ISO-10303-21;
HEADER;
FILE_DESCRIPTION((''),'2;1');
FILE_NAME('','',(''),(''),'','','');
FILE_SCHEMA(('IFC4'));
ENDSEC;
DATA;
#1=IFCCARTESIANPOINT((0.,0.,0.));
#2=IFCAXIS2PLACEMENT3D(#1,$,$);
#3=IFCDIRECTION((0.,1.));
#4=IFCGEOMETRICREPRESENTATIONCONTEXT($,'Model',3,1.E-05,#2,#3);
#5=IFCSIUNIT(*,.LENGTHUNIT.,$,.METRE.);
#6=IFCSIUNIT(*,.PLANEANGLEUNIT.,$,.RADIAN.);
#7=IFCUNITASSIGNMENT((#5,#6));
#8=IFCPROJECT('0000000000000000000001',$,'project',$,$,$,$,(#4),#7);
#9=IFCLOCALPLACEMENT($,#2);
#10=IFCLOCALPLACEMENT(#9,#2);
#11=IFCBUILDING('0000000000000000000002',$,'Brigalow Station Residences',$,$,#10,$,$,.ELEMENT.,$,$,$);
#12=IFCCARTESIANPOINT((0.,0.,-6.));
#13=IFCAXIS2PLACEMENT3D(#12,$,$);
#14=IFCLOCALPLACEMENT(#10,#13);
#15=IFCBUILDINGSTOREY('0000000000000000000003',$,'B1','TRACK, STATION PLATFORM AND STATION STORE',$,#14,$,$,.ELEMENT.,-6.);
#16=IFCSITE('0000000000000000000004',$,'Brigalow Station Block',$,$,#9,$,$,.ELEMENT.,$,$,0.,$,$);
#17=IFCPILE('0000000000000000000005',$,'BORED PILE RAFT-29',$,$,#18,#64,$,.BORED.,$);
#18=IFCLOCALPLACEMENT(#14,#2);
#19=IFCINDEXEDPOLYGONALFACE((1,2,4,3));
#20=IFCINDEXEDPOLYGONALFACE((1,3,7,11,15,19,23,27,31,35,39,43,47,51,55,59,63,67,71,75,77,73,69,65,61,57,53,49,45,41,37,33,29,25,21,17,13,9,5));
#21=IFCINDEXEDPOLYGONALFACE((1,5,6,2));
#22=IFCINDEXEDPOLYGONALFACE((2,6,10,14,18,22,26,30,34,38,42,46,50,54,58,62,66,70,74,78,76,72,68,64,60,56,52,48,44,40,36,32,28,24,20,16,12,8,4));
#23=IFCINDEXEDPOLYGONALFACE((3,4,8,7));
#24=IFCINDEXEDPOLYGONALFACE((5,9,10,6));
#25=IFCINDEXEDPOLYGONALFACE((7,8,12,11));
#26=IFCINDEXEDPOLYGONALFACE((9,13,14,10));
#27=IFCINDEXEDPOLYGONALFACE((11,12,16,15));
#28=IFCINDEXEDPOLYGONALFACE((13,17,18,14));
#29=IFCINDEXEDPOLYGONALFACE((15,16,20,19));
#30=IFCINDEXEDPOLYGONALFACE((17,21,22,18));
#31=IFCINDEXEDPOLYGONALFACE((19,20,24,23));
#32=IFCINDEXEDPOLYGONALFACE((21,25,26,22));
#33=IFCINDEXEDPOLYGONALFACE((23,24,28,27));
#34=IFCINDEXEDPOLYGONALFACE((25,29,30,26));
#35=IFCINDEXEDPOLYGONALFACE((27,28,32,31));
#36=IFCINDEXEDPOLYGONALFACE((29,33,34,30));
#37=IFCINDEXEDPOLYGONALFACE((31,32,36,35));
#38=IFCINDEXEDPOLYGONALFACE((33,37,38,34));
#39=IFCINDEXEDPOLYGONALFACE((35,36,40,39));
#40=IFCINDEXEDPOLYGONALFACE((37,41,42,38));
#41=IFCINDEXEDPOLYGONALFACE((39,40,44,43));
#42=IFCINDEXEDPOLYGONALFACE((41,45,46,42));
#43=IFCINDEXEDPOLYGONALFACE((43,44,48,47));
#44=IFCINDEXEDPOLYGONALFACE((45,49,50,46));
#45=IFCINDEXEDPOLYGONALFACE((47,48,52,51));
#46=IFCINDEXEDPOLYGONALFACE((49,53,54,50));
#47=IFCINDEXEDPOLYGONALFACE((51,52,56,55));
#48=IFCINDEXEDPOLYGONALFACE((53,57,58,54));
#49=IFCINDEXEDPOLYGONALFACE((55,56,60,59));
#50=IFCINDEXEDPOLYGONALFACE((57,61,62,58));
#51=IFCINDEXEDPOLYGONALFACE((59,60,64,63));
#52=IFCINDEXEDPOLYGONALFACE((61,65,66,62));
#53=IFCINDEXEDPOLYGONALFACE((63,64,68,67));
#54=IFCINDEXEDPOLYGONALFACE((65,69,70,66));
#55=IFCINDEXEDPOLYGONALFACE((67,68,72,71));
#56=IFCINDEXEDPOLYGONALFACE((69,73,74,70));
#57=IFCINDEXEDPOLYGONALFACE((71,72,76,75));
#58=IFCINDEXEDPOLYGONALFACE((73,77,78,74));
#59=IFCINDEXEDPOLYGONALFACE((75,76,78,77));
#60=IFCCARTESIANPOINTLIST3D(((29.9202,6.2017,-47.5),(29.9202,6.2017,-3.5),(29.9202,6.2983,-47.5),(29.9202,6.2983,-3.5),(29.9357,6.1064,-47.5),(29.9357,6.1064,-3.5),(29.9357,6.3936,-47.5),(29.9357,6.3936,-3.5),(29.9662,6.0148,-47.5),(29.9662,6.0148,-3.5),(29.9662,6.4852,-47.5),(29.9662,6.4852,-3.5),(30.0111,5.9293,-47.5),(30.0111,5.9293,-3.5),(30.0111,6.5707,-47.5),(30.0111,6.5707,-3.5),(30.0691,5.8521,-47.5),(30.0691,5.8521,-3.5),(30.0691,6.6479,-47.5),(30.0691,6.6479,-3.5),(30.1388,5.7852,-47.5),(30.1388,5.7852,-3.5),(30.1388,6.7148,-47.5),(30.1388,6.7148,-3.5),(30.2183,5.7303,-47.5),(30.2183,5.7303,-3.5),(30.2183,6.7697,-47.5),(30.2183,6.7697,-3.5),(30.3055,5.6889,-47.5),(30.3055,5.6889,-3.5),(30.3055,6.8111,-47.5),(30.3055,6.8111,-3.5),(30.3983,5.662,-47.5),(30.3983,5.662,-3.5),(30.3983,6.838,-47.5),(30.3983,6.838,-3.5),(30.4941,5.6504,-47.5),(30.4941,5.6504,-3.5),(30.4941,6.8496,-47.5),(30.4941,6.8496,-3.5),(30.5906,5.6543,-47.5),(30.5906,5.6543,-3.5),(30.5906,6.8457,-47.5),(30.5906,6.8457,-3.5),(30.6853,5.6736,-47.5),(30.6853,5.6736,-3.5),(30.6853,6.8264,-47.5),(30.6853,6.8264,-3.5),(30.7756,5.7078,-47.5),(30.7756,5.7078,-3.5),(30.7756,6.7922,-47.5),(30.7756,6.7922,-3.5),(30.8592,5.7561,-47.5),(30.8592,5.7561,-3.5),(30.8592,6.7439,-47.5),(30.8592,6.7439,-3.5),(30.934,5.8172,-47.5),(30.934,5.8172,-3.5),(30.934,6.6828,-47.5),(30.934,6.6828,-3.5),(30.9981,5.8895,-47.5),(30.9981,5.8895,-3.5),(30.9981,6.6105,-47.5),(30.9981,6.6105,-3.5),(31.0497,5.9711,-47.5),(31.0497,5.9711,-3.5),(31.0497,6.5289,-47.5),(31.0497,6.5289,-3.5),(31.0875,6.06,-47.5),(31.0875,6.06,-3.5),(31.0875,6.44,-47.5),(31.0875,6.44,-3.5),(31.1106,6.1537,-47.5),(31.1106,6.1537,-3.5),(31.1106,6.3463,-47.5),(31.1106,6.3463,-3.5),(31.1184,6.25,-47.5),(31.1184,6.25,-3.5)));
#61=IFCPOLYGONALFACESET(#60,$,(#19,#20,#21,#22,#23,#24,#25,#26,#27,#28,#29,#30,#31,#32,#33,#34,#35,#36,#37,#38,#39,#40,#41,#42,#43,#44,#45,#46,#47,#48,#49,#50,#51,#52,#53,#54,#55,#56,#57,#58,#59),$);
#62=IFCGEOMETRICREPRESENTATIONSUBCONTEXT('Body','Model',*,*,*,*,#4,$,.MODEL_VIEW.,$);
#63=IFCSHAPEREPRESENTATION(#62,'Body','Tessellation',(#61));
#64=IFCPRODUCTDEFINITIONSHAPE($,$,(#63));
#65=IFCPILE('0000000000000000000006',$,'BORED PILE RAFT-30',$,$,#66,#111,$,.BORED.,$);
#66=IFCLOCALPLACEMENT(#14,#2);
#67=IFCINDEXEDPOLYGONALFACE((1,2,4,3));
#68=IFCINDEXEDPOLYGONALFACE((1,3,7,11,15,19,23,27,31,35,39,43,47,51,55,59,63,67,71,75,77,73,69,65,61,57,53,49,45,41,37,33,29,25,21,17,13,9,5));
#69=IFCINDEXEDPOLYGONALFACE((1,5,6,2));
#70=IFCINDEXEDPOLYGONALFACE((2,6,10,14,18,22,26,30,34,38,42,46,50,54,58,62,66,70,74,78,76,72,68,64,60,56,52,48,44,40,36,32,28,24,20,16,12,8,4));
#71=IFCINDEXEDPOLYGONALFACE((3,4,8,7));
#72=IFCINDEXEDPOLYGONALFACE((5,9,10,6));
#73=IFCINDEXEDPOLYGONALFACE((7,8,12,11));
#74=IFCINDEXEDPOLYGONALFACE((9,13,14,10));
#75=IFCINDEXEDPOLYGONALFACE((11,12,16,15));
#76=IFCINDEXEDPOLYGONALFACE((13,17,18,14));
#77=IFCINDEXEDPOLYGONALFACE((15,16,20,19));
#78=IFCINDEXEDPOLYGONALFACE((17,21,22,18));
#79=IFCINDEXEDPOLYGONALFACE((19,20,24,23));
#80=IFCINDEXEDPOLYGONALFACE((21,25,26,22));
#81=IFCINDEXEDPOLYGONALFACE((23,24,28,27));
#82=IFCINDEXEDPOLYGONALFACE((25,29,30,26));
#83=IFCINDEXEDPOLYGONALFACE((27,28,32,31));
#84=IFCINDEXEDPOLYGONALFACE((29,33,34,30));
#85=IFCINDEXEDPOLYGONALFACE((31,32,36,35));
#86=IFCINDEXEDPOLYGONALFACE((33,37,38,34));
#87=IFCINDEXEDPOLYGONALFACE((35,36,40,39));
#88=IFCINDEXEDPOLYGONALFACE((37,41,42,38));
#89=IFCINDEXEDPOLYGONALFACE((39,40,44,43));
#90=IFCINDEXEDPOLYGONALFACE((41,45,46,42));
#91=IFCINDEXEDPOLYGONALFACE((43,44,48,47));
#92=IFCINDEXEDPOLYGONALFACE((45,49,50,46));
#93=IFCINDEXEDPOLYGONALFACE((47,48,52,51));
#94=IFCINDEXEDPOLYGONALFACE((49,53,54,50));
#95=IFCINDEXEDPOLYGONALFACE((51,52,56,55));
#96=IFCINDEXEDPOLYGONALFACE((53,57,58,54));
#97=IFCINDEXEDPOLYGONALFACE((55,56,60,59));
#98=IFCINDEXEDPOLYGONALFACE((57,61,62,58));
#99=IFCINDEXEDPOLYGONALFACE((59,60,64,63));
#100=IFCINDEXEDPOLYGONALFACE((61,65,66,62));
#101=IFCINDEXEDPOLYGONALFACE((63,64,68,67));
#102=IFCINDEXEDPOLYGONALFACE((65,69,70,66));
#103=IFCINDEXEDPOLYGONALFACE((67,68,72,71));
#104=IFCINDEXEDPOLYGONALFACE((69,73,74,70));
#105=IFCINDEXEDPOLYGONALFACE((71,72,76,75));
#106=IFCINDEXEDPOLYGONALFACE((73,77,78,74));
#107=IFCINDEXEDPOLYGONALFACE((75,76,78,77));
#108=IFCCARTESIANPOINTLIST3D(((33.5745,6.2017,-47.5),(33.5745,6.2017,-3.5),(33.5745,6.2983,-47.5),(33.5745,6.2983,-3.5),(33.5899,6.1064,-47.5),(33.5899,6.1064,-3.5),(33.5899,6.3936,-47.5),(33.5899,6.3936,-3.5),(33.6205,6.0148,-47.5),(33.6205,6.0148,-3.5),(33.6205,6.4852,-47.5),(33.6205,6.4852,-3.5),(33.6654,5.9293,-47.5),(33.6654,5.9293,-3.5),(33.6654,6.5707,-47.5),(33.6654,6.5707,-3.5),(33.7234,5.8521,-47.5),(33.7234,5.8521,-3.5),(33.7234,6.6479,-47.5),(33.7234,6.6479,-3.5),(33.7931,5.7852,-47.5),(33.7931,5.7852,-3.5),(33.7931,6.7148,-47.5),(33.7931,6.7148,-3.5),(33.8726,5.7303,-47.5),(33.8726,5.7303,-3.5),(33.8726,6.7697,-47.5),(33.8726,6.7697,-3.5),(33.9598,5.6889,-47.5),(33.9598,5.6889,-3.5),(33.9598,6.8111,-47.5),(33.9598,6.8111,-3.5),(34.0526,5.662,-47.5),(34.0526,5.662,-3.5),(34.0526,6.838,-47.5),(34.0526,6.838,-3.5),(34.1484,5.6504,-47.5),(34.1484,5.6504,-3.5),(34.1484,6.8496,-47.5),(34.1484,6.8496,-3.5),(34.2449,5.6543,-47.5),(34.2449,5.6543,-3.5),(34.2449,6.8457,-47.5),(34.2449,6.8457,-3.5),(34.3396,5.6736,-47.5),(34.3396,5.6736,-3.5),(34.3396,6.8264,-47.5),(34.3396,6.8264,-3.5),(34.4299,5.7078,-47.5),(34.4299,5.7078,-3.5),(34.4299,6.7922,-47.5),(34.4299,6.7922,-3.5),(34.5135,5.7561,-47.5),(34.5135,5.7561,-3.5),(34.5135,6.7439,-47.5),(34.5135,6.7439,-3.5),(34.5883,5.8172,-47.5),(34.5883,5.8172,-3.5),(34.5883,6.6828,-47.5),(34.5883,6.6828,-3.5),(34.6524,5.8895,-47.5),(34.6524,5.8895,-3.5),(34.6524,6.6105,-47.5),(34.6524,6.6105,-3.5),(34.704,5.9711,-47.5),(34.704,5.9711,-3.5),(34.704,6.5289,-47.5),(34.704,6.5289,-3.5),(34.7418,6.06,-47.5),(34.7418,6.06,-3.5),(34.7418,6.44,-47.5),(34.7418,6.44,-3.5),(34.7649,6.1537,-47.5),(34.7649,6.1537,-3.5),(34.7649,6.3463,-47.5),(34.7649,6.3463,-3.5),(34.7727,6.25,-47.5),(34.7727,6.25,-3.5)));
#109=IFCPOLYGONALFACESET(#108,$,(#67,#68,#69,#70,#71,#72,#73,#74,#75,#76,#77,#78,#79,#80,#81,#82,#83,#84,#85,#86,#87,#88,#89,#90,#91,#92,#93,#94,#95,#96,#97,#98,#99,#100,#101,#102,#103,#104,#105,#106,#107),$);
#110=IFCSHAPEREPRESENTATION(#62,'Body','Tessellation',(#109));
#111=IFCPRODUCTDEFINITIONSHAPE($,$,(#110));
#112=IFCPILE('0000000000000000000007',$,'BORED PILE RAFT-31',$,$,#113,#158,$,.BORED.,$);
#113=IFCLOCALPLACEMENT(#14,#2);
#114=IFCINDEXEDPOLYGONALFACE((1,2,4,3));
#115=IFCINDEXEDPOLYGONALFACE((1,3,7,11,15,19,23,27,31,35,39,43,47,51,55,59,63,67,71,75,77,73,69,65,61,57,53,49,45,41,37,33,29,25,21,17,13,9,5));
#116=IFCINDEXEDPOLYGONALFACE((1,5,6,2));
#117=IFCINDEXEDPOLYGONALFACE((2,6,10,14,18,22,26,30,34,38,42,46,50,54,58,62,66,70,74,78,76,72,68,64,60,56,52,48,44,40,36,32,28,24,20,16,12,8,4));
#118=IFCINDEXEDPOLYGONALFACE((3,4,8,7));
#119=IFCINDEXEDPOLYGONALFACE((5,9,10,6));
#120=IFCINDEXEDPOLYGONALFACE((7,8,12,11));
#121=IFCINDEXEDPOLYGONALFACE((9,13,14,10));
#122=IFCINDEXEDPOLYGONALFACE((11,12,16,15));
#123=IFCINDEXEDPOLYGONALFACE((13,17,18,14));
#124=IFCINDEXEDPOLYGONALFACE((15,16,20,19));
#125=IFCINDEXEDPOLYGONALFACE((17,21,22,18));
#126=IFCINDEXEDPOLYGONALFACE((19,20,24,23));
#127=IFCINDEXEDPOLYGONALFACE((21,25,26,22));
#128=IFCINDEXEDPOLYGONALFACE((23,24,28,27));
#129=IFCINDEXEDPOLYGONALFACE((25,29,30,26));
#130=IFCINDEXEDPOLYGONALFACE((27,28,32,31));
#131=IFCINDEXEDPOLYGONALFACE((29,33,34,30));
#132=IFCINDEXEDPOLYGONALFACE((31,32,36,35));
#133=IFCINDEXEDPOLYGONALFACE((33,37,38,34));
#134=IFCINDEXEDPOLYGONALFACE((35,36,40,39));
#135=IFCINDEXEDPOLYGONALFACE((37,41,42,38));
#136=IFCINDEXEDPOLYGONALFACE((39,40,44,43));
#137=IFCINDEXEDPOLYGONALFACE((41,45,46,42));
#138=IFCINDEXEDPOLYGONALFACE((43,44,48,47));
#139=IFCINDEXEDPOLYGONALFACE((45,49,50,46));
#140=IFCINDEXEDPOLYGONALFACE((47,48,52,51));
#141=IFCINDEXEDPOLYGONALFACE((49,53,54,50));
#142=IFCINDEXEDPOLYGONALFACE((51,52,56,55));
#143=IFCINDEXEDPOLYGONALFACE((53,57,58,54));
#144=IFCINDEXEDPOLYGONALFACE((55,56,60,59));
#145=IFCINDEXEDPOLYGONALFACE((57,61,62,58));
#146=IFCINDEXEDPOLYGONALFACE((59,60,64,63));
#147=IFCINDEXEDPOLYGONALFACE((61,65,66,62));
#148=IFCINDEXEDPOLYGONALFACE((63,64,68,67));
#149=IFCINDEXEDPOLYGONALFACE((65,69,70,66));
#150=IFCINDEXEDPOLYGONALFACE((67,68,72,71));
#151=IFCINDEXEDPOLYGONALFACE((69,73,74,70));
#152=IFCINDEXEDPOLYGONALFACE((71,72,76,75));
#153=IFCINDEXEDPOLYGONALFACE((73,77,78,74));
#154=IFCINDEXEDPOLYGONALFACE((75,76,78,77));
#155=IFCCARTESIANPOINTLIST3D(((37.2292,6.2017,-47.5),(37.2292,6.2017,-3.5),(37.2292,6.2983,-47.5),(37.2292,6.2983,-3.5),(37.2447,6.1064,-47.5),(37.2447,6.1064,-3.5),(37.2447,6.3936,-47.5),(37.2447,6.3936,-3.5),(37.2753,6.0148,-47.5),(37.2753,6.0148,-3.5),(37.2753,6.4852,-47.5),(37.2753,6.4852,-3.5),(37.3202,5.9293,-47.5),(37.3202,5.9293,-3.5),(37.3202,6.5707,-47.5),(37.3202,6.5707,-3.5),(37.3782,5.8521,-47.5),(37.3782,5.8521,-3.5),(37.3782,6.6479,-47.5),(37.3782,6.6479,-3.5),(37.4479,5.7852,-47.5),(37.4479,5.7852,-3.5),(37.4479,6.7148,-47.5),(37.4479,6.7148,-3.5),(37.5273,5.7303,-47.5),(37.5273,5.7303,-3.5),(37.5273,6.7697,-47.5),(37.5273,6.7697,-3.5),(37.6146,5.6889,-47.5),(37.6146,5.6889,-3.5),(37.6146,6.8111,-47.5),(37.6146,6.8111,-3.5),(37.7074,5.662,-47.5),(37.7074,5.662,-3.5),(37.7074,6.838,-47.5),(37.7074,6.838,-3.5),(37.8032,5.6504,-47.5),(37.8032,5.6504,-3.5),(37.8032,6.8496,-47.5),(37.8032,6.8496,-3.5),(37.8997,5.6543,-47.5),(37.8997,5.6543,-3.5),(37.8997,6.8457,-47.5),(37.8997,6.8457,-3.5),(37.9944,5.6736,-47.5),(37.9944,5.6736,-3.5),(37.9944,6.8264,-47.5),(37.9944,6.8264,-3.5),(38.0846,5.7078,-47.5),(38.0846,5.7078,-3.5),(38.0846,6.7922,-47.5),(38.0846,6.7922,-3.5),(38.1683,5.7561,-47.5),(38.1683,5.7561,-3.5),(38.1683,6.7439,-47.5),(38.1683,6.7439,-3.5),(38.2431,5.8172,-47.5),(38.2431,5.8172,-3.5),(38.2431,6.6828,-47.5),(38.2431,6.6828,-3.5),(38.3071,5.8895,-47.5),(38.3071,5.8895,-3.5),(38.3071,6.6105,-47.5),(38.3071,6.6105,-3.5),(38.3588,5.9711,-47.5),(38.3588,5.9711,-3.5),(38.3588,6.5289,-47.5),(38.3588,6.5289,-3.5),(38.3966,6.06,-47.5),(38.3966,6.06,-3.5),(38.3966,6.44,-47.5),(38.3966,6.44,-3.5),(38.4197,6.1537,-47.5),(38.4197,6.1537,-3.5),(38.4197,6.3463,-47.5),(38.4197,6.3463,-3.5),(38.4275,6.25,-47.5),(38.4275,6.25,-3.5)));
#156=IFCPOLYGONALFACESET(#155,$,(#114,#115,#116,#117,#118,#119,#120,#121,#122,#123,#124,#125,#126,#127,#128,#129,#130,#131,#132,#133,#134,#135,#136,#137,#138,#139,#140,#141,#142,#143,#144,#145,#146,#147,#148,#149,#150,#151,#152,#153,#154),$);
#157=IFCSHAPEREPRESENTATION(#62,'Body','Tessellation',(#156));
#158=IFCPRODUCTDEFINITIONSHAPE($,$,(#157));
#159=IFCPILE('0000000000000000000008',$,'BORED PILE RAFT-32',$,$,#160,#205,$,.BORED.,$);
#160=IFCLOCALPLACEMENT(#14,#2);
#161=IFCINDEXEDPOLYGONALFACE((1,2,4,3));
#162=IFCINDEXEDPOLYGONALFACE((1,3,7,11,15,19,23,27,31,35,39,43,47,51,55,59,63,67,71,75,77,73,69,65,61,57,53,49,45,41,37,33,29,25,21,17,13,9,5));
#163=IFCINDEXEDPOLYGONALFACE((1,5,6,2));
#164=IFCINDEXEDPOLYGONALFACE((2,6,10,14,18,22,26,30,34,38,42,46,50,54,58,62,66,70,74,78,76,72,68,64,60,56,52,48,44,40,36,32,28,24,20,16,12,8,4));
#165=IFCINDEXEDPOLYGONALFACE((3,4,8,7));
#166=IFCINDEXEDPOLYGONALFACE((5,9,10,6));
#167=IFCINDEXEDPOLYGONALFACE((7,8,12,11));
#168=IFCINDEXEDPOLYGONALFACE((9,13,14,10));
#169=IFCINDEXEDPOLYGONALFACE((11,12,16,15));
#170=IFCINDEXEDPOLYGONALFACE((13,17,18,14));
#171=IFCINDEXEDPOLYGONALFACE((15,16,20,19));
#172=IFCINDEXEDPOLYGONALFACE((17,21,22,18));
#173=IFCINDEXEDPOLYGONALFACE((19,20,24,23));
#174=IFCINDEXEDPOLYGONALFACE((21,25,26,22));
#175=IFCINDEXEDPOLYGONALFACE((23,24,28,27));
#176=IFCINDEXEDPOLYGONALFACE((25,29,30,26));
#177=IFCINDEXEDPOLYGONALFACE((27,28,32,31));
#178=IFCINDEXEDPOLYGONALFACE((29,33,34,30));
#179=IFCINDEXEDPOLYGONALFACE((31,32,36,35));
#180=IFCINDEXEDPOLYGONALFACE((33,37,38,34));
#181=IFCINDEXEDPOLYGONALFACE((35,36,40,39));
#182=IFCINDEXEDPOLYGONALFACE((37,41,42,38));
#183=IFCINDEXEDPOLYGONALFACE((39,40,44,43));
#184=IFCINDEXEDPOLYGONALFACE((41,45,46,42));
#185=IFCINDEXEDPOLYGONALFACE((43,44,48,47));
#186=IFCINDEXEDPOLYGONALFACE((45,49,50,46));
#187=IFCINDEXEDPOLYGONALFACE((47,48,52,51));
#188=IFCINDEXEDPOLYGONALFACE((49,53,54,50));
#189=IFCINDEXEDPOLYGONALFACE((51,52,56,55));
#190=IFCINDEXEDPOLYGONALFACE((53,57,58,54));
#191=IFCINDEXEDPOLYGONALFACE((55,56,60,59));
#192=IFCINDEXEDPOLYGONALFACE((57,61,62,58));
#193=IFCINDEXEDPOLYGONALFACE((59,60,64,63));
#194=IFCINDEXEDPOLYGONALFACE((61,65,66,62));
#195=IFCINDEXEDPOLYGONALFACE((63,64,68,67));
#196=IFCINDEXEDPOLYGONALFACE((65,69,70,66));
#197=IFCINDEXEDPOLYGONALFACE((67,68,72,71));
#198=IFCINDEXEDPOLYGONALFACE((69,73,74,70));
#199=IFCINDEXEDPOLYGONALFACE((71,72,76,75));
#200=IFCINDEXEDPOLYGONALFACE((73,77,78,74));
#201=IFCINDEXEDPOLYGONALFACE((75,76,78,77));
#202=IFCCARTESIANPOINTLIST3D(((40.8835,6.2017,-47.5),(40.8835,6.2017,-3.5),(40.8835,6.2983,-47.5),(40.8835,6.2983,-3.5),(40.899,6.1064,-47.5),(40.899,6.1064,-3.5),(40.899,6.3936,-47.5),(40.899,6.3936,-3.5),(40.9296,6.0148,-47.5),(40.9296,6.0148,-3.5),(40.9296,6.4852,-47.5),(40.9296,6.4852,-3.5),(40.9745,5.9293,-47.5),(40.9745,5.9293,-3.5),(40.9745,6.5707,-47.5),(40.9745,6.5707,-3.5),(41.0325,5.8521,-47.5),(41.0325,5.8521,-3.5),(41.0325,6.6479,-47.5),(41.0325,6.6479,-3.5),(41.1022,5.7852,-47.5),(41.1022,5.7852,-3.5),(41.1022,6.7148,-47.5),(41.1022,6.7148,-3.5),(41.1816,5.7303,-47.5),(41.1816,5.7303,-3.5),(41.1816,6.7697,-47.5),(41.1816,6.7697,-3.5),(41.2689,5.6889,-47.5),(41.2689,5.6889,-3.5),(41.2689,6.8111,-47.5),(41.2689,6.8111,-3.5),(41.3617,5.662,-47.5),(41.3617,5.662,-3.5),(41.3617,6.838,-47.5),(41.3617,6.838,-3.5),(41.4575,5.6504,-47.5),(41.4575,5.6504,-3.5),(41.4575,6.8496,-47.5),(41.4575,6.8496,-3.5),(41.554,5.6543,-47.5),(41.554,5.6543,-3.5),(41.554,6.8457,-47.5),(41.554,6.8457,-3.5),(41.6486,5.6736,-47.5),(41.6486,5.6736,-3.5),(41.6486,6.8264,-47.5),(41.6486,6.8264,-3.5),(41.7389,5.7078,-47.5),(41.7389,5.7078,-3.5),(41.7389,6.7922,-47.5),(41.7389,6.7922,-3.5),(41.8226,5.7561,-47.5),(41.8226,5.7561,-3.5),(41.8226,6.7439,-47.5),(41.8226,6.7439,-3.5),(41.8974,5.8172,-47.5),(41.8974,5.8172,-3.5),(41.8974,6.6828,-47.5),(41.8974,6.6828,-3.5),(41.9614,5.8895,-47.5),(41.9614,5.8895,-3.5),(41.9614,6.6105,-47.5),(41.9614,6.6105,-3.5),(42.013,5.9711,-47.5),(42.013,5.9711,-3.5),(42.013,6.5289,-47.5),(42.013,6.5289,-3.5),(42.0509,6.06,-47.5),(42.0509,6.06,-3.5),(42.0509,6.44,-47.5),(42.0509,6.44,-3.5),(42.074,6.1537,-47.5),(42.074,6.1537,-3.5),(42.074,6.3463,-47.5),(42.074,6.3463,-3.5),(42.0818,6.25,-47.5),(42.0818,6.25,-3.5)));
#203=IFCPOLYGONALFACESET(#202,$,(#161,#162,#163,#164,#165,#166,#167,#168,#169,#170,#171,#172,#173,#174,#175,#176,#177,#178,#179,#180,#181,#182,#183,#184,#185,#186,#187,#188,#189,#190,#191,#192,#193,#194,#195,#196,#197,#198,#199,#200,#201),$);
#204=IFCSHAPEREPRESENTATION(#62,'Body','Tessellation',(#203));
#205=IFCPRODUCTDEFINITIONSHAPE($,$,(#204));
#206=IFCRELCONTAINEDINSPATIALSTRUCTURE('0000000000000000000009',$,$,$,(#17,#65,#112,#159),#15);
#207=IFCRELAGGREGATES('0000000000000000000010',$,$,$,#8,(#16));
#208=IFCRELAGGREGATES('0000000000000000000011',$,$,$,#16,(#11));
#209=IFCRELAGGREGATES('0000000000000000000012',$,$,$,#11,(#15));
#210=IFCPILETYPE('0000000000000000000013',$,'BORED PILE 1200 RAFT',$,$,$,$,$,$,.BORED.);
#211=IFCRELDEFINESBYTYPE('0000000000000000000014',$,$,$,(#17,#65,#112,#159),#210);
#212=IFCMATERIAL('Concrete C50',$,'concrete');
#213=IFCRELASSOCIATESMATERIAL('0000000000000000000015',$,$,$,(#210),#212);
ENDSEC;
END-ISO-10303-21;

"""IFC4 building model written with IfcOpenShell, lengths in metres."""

from ifc_helpers import new_model, si_unit, direction, frame, origin, origin_2d, place, context, subcontext, project, spatial, circle, extrude, material, material_profile, profile_set, type_object, element, save


model = new_model("IFC4")

# Units and contexts
model_context = context("Model", 3, precision=1e-05, world=origin(), true_north=direction((0.0, 1.0)))
body_context = subcontext(model_context, "Body", "Model", "MODEL_VIEW")
ifc_project = project(units=[si_unit("LENGTHUNIT", "METRE"), si_unit("PLANEANGLEUNIT", "RADIAN")], contexts=[model_context])

# Site, building, storey
site_placement = place(None, origin())
site = spatial("IfcSite", under=ifc_project, at=site_placement, Name="Brigalow Station Block", CompositionType="ELEMENT", RefElevation=0.0)
building_placement = place(site_placement, origin())
building = spatial("IfcBuilding", under=site, at=building_placement, Name="Brigalow Station Residences", CompositionType="ELEMENT")
storey_placement = place(building_placement, frame((0.0, 0.0, -6.0)))
storey = spatial("IfcBuildingStorey", under=building, at=storey_placement, Name="B1", Description="TRACK, STATION PLATFORM AND STATION STORE", CompositionType="ELEMENT", Elevation=-6.0)

# Piles
ifc_material_1 = material(Name="Concrete C50", Category="concrete")
ifc_material_profile = material_profile(ifc_material_1, circle(Radius=0.6001, at=origin_2d()), Name="BP1200")
ifc_profile_set = profile_set([ifc_material_profile], Name="Concrete C50")
pile_type = type_object("IfcPileType", Name="BORED PILE 1200 RAFT", PredefinedType="BORED", material=ifc_profile_set)
for number, where, z_axis, x_axis, name in (
    (1, (30.5183, 6.25, -3.5), (0.0, 0.0, -1.0), (1.0, 0.0, 0.0), "BORED PILE RAFT-29"),
    (2, (34.1726, 6.25, -3.5), (0.0, 0.0, -1.0), (1.0, 0.0, 0.0), "BORED PILE RAFT-30"),
    (3, (37.8274, 6.25, -3.5), (0.0, 0.0, -1.0), (1.0, 0.0, 0.0), "BORED PILE RAFT-31"),
    (4, (41.4817, 6.25, -3.5), (0.0, 0.0, -1.0), (1.0, 0.0, 0.0), "BORED PILE RAFT-32"),
):
    element("IfcPile", number, at=place(storey_placement, frame(where, z_axis=z_axis, x_axis=x_axis)), inside=storey, type_object=pile_type, Name=name, PredefinedType="BORED", context=body_context, shape_type="SweptSolid", body=[
        extrude(circle(Radius=0.6001, at=origin_2d()), origin(), (0.0, 0.0, 1.0), 44.0),
    ])

save(model, "model.ifc")
